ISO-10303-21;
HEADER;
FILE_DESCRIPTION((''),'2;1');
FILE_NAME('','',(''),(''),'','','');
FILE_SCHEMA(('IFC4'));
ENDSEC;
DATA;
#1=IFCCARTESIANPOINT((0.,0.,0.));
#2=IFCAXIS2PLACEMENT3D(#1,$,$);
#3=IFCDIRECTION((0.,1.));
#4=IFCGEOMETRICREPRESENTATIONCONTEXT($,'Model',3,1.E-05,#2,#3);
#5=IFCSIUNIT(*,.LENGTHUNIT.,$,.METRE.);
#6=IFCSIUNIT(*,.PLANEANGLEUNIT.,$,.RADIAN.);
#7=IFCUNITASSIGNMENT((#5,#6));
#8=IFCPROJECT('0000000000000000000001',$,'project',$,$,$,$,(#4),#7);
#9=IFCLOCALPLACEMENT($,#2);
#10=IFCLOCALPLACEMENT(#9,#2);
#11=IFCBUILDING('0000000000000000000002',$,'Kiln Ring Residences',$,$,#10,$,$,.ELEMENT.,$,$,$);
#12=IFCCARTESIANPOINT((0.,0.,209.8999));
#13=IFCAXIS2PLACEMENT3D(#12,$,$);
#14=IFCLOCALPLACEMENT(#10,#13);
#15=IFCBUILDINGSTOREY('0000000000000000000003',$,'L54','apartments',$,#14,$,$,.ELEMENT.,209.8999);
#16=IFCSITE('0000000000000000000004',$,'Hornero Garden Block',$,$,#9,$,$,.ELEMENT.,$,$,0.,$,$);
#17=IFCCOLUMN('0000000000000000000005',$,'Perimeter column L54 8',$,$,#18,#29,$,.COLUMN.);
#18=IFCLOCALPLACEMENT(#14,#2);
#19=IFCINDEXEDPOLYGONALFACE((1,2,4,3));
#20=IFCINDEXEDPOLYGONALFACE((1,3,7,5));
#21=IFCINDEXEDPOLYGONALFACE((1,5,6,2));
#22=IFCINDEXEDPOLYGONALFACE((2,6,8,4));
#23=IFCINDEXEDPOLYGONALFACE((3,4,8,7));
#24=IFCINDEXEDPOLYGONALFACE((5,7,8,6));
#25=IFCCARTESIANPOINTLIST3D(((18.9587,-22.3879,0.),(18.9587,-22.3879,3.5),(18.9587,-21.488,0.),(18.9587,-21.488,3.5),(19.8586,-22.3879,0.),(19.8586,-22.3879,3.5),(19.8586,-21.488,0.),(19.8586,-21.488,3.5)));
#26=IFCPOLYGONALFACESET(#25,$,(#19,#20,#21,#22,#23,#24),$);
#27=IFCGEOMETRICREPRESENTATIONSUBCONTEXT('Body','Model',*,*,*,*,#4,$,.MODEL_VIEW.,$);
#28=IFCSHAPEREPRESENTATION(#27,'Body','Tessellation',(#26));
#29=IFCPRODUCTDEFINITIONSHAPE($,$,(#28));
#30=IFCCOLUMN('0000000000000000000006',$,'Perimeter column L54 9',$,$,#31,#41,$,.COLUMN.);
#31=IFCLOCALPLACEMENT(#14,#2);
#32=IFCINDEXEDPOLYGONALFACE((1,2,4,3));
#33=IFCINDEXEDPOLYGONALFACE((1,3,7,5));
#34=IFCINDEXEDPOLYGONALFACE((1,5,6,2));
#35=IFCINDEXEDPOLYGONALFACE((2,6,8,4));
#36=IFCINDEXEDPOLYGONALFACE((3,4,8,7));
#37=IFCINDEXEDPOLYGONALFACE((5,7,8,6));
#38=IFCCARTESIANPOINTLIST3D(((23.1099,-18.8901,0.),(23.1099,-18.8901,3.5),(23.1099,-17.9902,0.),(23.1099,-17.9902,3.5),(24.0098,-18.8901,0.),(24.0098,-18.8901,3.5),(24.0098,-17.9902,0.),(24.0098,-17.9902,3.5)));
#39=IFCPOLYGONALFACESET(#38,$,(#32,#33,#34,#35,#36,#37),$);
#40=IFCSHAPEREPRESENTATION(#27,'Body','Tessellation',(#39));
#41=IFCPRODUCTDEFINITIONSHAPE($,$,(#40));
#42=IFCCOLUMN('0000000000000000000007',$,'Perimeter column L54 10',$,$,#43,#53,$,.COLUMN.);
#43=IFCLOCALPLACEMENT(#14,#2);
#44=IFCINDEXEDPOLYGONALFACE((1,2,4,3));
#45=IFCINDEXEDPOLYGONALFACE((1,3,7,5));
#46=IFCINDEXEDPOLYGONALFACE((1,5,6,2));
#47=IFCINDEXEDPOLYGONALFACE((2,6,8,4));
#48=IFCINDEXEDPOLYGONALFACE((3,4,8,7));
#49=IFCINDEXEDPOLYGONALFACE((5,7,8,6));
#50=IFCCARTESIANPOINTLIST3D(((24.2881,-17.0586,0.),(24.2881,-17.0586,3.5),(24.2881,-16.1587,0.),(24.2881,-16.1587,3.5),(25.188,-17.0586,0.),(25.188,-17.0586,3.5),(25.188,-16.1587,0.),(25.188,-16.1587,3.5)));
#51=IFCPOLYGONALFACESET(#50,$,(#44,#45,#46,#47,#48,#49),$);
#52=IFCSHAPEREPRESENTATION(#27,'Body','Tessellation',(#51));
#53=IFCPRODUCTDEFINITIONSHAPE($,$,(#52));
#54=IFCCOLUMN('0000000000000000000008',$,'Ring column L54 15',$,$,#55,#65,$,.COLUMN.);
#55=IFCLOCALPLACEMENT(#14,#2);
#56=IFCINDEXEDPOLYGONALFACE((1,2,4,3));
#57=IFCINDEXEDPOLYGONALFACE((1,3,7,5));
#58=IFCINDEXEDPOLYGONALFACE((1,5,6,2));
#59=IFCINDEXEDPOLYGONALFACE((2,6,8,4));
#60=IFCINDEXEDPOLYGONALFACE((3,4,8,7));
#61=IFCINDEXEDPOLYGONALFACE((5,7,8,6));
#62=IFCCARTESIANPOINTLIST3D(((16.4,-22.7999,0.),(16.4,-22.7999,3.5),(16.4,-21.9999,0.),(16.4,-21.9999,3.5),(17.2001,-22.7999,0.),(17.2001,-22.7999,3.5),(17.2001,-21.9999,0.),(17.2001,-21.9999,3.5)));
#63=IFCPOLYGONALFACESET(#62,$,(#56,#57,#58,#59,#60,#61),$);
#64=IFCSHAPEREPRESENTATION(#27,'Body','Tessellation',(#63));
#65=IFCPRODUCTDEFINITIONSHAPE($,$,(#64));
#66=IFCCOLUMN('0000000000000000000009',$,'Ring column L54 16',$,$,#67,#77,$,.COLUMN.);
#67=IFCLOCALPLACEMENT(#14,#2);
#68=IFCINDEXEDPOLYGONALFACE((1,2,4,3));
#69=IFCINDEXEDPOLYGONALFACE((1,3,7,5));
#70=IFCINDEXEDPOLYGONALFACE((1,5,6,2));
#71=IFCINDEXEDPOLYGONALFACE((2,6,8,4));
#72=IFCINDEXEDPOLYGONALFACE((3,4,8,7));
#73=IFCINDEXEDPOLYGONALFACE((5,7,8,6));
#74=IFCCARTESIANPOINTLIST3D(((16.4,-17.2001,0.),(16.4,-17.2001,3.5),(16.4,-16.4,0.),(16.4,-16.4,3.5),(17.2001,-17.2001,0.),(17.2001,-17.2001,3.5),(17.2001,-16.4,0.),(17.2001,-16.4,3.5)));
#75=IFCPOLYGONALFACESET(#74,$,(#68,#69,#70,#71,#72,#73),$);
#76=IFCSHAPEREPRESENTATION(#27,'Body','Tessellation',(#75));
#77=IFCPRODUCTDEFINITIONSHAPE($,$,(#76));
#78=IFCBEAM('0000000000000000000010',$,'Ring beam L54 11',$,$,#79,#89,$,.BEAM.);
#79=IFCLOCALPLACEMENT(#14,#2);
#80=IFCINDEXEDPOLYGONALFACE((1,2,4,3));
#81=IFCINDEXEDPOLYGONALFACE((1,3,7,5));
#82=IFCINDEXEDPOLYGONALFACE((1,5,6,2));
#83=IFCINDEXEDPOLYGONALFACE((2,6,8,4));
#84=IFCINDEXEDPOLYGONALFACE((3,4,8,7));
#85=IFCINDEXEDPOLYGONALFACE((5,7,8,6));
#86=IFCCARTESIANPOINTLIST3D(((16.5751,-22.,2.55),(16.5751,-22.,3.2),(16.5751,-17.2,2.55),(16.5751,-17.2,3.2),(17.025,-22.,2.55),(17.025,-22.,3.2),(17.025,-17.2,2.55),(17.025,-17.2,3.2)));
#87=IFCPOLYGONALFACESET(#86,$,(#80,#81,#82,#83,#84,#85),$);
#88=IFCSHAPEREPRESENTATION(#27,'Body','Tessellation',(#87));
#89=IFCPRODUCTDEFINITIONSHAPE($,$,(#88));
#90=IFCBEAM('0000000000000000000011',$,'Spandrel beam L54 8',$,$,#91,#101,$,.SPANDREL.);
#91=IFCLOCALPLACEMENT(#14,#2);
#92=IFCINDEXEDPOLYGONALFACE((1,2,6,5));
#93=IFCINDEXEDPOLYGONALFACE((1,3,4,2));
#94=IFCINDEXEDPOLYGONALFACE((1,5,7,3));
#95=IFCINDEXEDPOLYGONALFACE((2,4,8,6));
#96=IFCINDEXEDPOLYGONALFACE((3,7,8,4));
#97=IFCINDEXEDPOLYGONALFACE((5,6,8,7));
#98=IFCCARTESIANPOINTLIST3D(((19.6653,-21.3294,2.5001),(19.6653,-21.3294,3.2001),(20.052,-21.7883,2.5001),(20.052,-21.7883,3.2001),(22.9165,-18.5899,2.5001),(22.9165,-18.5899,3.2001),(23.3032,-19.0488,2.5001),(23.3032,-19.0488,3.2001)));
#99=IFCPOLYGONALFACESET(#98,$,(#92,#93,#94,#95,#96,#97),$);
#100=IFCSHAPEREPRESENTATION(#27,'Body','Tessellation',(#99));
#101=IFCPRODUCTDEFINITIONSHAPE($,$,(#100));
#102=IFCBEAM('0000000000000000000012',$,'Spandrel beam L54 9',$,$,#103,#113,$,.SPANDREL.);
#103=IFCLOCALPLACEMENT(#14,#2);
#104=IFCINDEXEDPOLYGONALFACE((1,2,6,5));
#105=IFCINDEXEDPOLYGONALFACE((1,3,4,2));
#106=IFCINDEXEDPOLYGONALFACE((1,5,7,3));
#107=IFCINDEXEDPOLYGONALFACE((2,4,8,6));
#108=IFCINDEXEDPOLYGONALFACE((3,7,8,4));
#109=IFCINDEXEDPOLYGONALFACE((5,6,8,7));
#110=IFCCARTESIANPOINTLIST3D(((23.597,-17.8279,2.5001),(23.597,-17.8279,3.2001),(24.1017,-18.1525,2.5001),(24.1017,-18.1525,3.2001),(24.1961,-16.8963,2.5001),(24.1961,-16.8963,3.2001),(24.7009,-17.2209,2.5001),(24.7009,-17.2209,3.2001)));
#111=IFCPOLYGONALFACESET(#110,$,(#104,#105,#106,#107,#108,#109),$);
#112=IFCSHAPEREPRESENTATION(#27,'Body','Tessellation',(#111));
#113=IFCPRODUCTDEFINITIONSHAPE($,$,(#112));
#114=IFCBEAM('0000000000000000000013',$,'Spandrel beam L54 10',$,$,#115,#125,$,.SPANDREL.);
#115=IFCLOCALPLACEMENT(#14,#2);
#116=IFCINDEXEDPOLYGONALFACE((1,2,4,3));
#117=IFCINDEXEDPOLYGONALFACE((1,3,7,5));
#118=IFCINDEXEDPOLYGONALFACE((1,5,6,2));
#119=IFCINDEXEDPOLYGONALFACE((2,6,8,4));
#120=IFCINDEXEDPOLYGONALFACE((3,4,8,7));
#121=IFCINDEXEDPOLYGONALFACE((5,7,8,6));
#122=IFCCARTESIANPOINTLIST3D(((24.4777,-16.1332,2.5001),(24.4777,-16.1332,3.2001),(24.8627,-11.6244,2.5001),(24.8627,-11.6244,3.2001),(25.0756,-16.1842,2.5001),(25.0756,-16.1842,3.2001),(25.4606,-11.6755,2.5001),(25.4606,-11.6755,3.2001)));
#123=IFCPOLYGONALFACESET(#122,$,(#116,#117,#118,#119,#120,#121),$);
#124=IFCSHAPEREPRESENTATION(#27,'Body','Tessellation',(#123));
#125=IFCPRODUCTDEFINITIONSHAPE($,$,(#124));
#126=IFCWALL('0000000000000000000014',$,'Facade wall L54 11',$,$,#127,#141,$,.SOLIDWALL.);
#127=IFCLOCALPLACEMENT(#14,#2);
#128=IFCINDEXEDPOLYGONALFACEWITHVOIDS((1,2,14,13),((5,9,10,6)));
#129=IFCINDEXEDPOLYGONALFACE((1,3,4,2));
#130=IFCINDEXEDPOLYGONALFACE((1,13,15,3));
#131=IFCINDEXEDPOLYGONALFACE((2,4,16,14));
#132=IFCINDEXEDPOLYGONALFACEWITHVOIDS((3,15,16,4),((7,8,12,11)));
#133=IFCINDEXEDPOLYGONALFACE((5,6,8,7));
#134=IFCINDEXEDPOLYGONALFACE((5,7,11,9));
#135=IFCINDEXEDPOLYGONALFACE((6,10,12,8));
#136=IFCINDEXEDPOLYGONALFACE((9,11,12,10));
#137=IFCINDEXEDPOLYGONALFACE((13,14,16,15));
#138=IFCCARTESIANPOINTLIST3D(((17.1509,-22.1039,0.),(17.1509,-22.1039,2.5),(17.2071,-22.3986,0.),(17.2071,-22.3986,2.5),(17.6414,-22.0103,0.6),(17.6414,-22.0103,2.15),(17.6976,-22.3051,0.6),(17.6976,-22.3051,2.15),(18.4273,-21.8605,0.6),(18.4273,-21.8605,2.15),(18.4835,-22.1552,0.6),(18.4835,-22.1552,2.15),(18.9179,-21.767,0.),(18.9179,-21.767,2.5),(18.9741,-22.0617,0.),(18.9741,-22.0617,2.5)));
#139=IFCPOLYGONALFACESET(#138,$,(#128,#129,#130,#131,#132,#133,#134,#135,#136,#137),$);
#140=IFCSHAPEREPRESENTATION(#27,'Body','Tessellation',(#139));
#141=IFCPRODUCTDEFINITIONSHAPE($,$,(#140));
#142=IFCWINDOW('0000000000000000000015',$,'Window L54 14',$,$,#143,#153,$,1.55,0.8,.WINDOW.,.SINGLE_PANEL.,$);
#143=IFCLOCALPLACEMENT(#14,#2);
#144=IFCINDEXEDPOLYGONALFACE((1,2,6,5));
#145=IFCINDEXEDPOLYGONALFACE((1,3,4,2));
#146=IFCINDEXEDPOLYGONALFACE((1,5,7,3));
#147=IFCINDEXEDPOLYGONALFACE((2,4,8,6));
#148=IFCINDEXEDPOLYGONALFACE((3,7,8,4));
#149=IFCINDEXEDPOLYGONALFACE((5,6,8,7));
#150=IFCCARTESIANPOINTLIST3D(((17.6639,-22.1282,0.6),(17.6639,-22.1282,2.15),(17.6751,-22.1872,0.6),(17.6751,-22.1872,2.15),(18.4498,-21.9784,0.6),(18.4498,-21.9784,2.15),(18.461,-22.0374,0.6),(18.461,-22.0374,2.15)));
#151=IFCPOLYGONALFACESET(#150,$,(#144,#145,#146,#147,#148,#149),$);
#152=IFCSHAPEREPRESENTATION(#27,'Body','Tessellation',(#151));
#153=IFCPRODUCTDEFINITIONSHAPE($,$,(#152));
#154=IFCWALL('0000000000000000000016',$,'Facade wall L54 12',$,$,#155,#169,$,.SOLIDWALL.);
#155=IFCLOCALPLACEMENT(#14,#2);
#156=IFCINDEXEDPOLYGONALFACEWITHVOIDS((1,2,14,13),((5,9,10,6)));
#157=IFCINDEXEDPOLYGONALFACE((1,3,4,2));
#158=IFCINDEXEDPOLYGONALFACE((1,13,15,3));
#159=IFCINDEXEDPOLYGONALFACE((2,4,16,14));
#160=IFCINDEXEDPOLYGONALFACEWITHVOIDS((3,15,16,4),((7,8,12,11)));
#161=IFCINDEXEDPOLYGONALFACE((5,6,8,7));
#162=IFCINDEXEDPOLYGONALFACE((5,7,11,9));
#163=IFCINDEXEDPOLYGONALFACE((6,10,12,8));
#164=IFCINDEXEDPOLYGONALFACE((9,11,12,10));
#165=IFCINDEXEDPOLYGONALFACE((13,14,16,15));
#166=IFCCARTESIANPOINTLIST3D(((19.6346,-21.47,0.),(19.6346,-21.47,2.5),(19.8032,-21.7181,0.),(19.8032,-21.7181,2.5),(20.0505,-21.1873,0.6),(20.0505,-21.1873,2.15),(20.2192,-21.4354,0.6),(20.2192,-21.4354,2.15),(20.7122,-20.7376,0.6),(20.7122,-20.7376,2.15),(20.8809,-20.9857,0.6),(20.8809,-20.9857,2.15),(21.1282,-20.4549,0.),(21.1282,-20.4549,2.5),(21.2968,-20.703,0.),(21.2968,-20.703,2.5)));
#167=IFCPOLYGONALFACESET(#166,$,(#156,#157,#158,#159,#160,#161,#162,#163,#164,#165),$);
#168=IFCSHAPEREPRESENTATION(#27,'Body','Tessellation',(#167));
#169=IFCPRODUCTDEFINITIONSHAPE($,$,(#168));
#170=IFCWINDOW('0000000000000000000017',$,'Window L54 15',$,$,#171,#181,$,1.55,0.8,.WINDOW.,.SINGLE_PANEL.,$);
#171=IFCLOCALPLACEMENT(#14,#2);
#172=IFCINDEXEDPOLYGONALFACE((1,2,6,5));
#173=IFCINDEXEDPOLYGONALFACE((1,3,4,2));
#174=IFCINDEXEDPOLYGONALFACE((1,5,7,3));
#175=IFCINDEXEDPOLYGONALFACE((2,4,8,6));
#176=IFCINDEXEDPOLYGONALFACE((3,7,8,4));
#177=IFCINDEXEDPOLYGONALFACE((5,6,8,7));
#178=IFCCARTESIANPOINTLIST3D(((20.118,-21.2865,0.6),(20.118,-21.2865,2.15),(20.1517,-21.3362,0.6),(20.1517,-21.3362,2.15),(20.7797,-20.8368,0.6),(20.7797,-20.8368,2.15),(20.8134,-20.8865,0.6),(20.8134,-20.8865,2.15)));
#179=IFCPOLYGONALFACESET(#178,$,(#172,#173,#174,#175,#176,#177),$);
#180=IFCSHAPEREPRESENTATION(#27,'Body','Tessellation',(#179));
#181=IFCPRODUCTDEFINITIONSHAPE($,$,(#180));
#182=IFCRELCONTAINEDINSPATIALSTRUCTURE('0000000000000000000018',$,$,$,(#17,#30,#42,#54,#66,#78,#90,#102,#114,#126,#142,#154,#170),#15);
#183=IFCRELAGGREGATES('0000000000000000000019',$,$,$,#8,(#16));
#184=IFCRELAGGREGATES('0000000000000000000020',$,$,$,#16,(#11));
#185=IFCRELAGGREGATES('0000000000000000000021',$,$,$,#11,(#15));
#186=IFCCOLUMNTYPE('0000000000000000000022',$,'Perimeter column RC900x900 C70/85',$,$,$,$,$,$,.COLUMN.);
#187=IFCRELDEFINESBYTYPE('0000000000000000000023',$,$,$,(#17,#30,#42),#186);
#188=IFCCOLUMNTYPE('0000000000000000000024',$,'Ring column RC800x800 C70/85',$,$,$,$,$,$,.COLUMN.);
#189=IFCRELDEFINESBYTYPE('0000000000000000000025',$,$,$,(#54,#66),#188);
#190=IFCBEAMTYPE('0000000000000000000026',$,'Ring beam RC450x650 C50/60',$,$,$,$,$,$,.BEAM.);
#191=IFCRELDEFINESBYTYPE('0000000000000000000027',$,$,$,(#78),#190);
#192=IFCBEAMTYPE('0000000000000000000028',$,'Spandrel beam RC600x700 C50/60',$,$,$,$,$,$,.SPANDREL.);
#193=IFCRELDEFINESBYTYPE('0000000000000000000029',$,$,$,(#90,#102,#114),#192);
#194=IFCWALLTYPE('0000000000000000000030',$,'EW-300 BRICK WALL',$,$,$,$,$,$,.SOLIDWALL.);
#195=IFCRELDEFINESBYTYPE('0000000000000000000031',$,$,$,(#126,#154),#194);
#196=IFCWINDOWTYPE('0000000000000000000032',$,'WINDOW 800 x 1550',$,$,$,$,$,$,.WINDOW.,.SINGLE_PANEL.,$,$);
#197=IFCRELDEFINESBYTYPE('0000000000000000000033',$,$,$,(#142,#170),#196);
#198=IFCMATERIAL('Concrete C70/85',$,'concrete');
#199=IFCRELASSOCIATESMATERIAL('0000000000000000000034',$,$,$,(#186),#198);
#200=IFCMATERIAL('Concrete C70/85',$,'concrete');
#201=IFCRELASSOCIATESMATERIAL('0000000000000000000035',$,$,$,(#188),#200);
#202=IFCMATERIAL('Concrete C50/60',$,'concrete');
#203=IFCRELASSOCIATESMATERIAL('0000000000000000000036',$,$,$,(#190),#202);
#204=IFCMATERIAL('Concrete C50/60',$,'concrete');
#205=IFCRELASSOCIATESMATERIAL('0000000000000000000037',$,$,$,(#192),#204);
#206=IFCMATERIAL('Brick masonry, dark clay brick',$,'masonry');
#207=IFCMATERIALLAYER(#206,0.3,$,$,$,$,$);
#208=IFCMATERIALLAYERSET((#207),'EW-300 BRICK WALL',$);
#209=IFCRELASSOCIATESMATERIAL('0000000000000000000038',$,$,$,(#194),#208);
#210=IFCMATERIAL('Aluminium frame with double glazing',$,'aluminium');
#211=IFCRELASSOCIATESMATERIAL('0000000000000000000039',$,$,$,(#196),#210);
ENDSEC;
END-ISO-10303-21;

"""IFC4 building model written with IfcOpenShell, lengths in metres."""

from ifc_helpers import new_model, si_unit, direction, frame, frame_2d, origin, origin_2d, place, context, subcontext, project, spatial, rectangle, extrude, material, layer, layer_set, material_profile, profile_set, type_object, element, fill, save


model = new_model("IFC4")

# Units and contexts
model_context = context("Model", 3, precision=1e-05, world=origin(), true_north=direction((0.0, 1.0)))
body_context = subcontext(model_context, "Body", "Model", "MODEL_VIEW")
ifc_project = project(units=[si_unit("LENGTHUNIT", "METRE"), si_unit("PLANEANGLEUNIT", "RADIAN")], contexts=[model_context])

# Site, building, storey
site_placement = place(None, origin())
site = spatial("IfcSite", under=ifc_project, at=site_placement, Name="Hornero Garden Block", CompositionType="ELEMENT", RefElevation=0.0)
building_placement = place(site_placement, origin())
building = spatial("IfcBuilding", under=site, at=building_placement, Name="Kiln Ring Residences", CompositionType="ELEMENT")
storey_placement = place(building_placement, frame((0.0, 0.0, 209.8999)))
storey = spatial("IfcBuildingStorey", under=building, at=storey_placement, Name="L54", Description="apartments", CompositionType="ELEMENT", Elevation=209.8999)

# Columns
ifc_material_1 = material(Name="Concrete C70/85", Category="concrete")
ifc_material_profile_1 = material_profile(ifc_material_1, rectangle(XDim=0.8999, YDim=0.8999, at=origin_2d()), Name="RC900x900")
ifc_profile_set_1 = profile_set([ifc_material_profile_1], Name="Concrete C70/85")
column_type_1 = type_object("IfcColumnType", Name="Perimeter column RC900x900 C70/85", PredefinedType="COLUMN", material=ifc_profile_set_1)
for number, where, z_axis, x_axis, name in (
    (1, (19.4087, -21.938, 0.0), (0.0, 0.0, 1.0), (1.0, 0.0, 0.0), "Perimeter column L54 8"),
    (2, (23.5598, -18.4402, 0.0), (0.0, 0.0, 1.0), (1.0, 0.0, 0.0), "Perimeter column L54 9"),
    (3, (24.738, -16.6086, 0.0), (0.0, 0.0, 1.0), (1.0, 0.0, 0.0), "Perimeter column L54 10"),
):
    element("IfcColumn", number, at=place(storey_placement, frame(where, z_axis=z_axis, x_axis=x_axis)), inside=storey, type_object=column_type_1, Name=name, PredefinedType="COLUMN", context=body_context, shape_type="SweptSolid", body=[
        extrude(rectangle(XDim=0.8999, YDim=0.8999, at=origin_2d()), origin(), (0.0, 0.0, 1.0), 3.5),
    ])
ifc_material_2 = material(Name="Concrete C70/85", Category="concrete")
ifc_material_profile_2 = material_profile(ifc_material_2, rectangle(XDim=0.8, YDim=0.8, at=origin_2d()), Name="RC800x800")
ifc_profile_set_2 = profile_set([ifc_material_profile_2], Name="Concrete C70/85")
column_type_2 = type_object("IfcColumnType", Name="Ring column RC800x800 C70/85", PredefinedType="COLUMN", material=ifc_profile_set_2)
for number, where, z_axis, x_axis, name in (
    (4, (16.8, -22.3999, 0.0), (0.0, 0.0, 1.0), (1.0, 0.0, 0.0), "Ring column L54 15"),
    (5, (16.8, -16.8, 0.0), (0.0, 0.0, 1.0), (1.0, 0.0, 0.0), "Ring column L54 16"),
):
    element("IfcColumn", number, at=place(storey_placement, frame(where, z_axis=z_axis, x_axis=x_axis)), inside=storey, type_object=column_type_2, Name=name, PredefinedType="COLUMN", context=body_context, shape_type="SweptSolid", body=[
        extrude(rectangle(XDim=0.8, YDim=0.8, at=origin_2d()), origin(), (0.0, 0.0, 1.0), 3.5),
    ])

# Beams
ifc_material_3 = material(Name="Concrete C50/60", Category="concrete")
ifc_material_profile_3 = material_profile(ifc_material_3, rectangle(XDim=0.45, YDim=0.6499, at=origin_2d()), Name="RC450x650")
ifc_profile_set_3 = profile_set([ifc_material_profile_3], Name="Concrete C50/60")
beam_type_1 = type_object("IfcBeamType", Name="Ring beam RC450x650 C50/60", PredefinedType="BEAM", material=ifc_profile_set_3)
beam_1_placement = place(storey_placement, frame((16.8, -17.2, 2.875), z_axis=(0.0, -1.0, 0.0), x_axis=(1.0, 0.0, 0.0)))
element("IfcBeam", 6, at=beam_1_placement, inside=storey, type_object=beam_type_1, Name="Ring beam L54 11", PredefinedType="BEAM", context=body_context, shape_type="SweptSolid", body=[
    extrude(rectangle(XDim=0.45, YDim=0.6499, at=origin_2d()), origin(), (0.0, 0.0, 1.0), 4.8),
])
ifc_material_4 = material(Name="Concrete C50/60", Category="concrete")
ifc_material_profile_4 = material_profile(ifc_material_4, rectangle(XDim=0.6001, YDim=0.7, at=origin_2d()), Name="RC600x700")
ifc_profile_set_4 = profile_set([ifc_material_profile_4], Name="Concrete C50/60")
beam_type_2 = type_object("IfcBeamType", Name="Spandrel beam RC600x700 C50/60", PredefinedType="SPANDREL", material=ifc_profile_set_4)
beam_2_placement = place(storey_placement, frame((19.8586, -21.5588, 2.8501), z_axis=(0.764722, 0.64436, 0.0), x_axis=(-0.64436, 0.764722, 0.0)))
element("IfcBeam", 7, at=beam_2_placement, inside=storey, type_object=beam_type_2, Name="Spandrel beam L54 8", PredefinedType="SPANDREL", context=body_context, shape_type="SweptSolid", body=[
    extrude(rectangle(XDim=0.6001, YDim=0.7, at=origin_2d()), origin(), (0.0, 0.0, 1.0), 4.2515),
])
beam_3_placement = place(storey_placement, frame((23.8494, -17.9902, 2.8501), z_axis=(0.540891, 0.841093, 0.0), x_axis=(-0.841093, 0.540891, 0.0)))
element("IfcBeam", 8, at=beam_3_placement, inside=storey, type_object=beam_type_2, Name="Spandrel beam L54 9", PredefinedType="SPANDREL", context=body_context, shape_type="SweptSolid", body=[
    extrude(rectangle(XDim=0.6001, YDim=0.7, at=origin_2d()), origin(), (0.0, 0.0, 1.0), 1.1077),
])
beam_4_placement = place(storey_placement, frame((24.7766, -16.1587, 2.8501), z_axis=(0.085081, 0.996374, 0.0), x_axis=(-0.996374, 0.085081, 0.0)))
element("IfcBeam", 9, at=beam_4_placement, inside=storey, type_object=beam_type_2, Name="Spandrel beam L54 10", PredefinedType="SPANDREL", context=body_context, shape_type="SweptSolid", body=[
    extrude(rectangle(XDim=0.6001, YDim=0.7, at=origin_2d()), origin(), (0.0, 0.0, 1.0), 4.5251),
])

# Walls, openings, windows
ifc_material_5 = material(Name="Brick masonry, dark clay brick", Category="masonry")
ifc_layer_1 = layer(ifc_material_5, 0.3)
ifc_layer_set_1 = layer_set([ifc_layer_1], Name="EW-300 BRICK WALL")
wall_type_1 = type_object("IfcWallType", Name="EW-300 BRICK WALL", PredefinedType="SOLIDWALL", material=ifc_layer_set_1)
wall_1_placement = place(storey_placement, frame((17.179, -22.2512, 0.0), z_axis=(0.0, 0.0, 1.0), x_axis=(0.982305, 0.187287, 0.0)))
wall_1 = element("IfcWall", 10, at=wall_1_placement, inside=storey, type_object=wall_type_1, Name="Facade wall L54 11", PredefinedType="SOLIDWALL", context=body_context, shape_type="SweptSolid", body=[
    extrude(rectangle(XDim=1.7988, YDim=0.3, at=frame_2d((0.8994, 0.0))), origin(), (0.0, 0.0, 1.0), 2.5),
])
opening_1_placement = place(wall_1_placement, frame((0.4995, 0.0, 0.6001)))
opening_1 = element("IfcOpeningElement", 11, at=opening_1_placement, cuts=wall_1, PredefinedType="OPENING", context=body_context, shape_type="SweptSolid", body=[
    extrude(rectangle(XDim=0.8, YDim=1.55, at=frame_2d((0.3999, 0.7749))), frame((0.0, 0.1599, 0.0), z_axis=(0.0, -1.0, 0.0), x_axis=(1.0, 0.0, 0.0)), (0.0, 0.0, 1.0), 0.3201),
])
ifc_material_6 = material(Name="Aluminium frame with double glazing", Category="aluminium")
window_type = type_object("IfcWindowType", Name="WINDOW 800 x 1550", PartitioningType="SINGLE_PANEL", PredefinedType="WINDOW", material=ifc_material_6)
window_1_placement = place(opening_1_placement, origin())
window_1 = element("IfcWindow", 12, at=window_1_placement, inside=storey, type_object=window_type, Name="Window L54 14", OverallHeight=1.55, OverallWidth=0.8, PartitioningType="SINGLE_PANEL", PredefinedType="WINDOW", context=body_context, shape_type="SweptSolid", body=[
    extrude(rectangle(XDim=0.8, YDim=1.55, at=frame_2d((0.3999, 0.7749))), frame((0.0, 0.03, 0.0), z_axis=(0.0, -1.0, 0.0), x_axis=(1.0, 0.0, 0.0)), (0.0, 0.0, 1.0), 0.0601),
])
fill(opening_1, window_1)
wall_2_placement = place(storey_placement, frame((19.719, -21.594, 0.0), z_axis=(0.0, 0.0, 1.0), x_axis=(0.827067, 0.562103, 0.0)))
wall_2 = element("IfcWall", 13, at=wall_2_placement, inside=storey, type_object=wall_type_1, Name="Facade wall L54 12", PredefinedType="SOLIDWALL", context=body_context, shape_type="SweptSolid", body=[
    extrude(rectangle(XDim=1.8059, YDim=0.3, at=frame_2d((0.9028, 0.0))), origin(), (0.0, 0.0, 1.0), 2.5),
])
opening_2_placement = place(wall_2_placement, frame((0.5029, 0.0, 0.6001)))
opening_2 = element("IfcOpeningElement", 14, at=opening_2_placement, cuts=wall_2, PredefinedType="OPENING", context=body_context, shape_type="SweptSolid", body=[
    extrude(rectangle(XDim=0.8, YDim=1.55, at=frame_2d((0.3999, 0.7749))), frame((0.0, 0.1599, 0.0), z_axis=(0.0, -1.0, 0.0), x_axis=(1.0, 0.0, 0.0)), (0.0, 0.0, 1.0), 0.3201),
])
window_2_placement = place(opening_2_placement, origin())
window_2 = element("IfcWindow", 15, at=window_2_placement, inside=storey, type_object=window_type, Name="Window L54 15", OverallHeight=1.55, OverallWidth=0.8, PartitioningType="SINGLE_PANEL", PredefinedType="WINDOW", context=body_context, shape_type="SweptSolid", body=[
    extrude(rectangle(XDim=0.8, YDim=1.55, at=frame_2d((0.3999, 0.7749))), frame((0.0, 0.03, 0.0), z_axis=(0.0, -1.0, 0.0), x_axis=(1.0, 0.0, 0.0)), (0.0, 0.0, 1.0), 0.0601),
])
fill(opening_2, window_2)

save(model, "model.ifc")
